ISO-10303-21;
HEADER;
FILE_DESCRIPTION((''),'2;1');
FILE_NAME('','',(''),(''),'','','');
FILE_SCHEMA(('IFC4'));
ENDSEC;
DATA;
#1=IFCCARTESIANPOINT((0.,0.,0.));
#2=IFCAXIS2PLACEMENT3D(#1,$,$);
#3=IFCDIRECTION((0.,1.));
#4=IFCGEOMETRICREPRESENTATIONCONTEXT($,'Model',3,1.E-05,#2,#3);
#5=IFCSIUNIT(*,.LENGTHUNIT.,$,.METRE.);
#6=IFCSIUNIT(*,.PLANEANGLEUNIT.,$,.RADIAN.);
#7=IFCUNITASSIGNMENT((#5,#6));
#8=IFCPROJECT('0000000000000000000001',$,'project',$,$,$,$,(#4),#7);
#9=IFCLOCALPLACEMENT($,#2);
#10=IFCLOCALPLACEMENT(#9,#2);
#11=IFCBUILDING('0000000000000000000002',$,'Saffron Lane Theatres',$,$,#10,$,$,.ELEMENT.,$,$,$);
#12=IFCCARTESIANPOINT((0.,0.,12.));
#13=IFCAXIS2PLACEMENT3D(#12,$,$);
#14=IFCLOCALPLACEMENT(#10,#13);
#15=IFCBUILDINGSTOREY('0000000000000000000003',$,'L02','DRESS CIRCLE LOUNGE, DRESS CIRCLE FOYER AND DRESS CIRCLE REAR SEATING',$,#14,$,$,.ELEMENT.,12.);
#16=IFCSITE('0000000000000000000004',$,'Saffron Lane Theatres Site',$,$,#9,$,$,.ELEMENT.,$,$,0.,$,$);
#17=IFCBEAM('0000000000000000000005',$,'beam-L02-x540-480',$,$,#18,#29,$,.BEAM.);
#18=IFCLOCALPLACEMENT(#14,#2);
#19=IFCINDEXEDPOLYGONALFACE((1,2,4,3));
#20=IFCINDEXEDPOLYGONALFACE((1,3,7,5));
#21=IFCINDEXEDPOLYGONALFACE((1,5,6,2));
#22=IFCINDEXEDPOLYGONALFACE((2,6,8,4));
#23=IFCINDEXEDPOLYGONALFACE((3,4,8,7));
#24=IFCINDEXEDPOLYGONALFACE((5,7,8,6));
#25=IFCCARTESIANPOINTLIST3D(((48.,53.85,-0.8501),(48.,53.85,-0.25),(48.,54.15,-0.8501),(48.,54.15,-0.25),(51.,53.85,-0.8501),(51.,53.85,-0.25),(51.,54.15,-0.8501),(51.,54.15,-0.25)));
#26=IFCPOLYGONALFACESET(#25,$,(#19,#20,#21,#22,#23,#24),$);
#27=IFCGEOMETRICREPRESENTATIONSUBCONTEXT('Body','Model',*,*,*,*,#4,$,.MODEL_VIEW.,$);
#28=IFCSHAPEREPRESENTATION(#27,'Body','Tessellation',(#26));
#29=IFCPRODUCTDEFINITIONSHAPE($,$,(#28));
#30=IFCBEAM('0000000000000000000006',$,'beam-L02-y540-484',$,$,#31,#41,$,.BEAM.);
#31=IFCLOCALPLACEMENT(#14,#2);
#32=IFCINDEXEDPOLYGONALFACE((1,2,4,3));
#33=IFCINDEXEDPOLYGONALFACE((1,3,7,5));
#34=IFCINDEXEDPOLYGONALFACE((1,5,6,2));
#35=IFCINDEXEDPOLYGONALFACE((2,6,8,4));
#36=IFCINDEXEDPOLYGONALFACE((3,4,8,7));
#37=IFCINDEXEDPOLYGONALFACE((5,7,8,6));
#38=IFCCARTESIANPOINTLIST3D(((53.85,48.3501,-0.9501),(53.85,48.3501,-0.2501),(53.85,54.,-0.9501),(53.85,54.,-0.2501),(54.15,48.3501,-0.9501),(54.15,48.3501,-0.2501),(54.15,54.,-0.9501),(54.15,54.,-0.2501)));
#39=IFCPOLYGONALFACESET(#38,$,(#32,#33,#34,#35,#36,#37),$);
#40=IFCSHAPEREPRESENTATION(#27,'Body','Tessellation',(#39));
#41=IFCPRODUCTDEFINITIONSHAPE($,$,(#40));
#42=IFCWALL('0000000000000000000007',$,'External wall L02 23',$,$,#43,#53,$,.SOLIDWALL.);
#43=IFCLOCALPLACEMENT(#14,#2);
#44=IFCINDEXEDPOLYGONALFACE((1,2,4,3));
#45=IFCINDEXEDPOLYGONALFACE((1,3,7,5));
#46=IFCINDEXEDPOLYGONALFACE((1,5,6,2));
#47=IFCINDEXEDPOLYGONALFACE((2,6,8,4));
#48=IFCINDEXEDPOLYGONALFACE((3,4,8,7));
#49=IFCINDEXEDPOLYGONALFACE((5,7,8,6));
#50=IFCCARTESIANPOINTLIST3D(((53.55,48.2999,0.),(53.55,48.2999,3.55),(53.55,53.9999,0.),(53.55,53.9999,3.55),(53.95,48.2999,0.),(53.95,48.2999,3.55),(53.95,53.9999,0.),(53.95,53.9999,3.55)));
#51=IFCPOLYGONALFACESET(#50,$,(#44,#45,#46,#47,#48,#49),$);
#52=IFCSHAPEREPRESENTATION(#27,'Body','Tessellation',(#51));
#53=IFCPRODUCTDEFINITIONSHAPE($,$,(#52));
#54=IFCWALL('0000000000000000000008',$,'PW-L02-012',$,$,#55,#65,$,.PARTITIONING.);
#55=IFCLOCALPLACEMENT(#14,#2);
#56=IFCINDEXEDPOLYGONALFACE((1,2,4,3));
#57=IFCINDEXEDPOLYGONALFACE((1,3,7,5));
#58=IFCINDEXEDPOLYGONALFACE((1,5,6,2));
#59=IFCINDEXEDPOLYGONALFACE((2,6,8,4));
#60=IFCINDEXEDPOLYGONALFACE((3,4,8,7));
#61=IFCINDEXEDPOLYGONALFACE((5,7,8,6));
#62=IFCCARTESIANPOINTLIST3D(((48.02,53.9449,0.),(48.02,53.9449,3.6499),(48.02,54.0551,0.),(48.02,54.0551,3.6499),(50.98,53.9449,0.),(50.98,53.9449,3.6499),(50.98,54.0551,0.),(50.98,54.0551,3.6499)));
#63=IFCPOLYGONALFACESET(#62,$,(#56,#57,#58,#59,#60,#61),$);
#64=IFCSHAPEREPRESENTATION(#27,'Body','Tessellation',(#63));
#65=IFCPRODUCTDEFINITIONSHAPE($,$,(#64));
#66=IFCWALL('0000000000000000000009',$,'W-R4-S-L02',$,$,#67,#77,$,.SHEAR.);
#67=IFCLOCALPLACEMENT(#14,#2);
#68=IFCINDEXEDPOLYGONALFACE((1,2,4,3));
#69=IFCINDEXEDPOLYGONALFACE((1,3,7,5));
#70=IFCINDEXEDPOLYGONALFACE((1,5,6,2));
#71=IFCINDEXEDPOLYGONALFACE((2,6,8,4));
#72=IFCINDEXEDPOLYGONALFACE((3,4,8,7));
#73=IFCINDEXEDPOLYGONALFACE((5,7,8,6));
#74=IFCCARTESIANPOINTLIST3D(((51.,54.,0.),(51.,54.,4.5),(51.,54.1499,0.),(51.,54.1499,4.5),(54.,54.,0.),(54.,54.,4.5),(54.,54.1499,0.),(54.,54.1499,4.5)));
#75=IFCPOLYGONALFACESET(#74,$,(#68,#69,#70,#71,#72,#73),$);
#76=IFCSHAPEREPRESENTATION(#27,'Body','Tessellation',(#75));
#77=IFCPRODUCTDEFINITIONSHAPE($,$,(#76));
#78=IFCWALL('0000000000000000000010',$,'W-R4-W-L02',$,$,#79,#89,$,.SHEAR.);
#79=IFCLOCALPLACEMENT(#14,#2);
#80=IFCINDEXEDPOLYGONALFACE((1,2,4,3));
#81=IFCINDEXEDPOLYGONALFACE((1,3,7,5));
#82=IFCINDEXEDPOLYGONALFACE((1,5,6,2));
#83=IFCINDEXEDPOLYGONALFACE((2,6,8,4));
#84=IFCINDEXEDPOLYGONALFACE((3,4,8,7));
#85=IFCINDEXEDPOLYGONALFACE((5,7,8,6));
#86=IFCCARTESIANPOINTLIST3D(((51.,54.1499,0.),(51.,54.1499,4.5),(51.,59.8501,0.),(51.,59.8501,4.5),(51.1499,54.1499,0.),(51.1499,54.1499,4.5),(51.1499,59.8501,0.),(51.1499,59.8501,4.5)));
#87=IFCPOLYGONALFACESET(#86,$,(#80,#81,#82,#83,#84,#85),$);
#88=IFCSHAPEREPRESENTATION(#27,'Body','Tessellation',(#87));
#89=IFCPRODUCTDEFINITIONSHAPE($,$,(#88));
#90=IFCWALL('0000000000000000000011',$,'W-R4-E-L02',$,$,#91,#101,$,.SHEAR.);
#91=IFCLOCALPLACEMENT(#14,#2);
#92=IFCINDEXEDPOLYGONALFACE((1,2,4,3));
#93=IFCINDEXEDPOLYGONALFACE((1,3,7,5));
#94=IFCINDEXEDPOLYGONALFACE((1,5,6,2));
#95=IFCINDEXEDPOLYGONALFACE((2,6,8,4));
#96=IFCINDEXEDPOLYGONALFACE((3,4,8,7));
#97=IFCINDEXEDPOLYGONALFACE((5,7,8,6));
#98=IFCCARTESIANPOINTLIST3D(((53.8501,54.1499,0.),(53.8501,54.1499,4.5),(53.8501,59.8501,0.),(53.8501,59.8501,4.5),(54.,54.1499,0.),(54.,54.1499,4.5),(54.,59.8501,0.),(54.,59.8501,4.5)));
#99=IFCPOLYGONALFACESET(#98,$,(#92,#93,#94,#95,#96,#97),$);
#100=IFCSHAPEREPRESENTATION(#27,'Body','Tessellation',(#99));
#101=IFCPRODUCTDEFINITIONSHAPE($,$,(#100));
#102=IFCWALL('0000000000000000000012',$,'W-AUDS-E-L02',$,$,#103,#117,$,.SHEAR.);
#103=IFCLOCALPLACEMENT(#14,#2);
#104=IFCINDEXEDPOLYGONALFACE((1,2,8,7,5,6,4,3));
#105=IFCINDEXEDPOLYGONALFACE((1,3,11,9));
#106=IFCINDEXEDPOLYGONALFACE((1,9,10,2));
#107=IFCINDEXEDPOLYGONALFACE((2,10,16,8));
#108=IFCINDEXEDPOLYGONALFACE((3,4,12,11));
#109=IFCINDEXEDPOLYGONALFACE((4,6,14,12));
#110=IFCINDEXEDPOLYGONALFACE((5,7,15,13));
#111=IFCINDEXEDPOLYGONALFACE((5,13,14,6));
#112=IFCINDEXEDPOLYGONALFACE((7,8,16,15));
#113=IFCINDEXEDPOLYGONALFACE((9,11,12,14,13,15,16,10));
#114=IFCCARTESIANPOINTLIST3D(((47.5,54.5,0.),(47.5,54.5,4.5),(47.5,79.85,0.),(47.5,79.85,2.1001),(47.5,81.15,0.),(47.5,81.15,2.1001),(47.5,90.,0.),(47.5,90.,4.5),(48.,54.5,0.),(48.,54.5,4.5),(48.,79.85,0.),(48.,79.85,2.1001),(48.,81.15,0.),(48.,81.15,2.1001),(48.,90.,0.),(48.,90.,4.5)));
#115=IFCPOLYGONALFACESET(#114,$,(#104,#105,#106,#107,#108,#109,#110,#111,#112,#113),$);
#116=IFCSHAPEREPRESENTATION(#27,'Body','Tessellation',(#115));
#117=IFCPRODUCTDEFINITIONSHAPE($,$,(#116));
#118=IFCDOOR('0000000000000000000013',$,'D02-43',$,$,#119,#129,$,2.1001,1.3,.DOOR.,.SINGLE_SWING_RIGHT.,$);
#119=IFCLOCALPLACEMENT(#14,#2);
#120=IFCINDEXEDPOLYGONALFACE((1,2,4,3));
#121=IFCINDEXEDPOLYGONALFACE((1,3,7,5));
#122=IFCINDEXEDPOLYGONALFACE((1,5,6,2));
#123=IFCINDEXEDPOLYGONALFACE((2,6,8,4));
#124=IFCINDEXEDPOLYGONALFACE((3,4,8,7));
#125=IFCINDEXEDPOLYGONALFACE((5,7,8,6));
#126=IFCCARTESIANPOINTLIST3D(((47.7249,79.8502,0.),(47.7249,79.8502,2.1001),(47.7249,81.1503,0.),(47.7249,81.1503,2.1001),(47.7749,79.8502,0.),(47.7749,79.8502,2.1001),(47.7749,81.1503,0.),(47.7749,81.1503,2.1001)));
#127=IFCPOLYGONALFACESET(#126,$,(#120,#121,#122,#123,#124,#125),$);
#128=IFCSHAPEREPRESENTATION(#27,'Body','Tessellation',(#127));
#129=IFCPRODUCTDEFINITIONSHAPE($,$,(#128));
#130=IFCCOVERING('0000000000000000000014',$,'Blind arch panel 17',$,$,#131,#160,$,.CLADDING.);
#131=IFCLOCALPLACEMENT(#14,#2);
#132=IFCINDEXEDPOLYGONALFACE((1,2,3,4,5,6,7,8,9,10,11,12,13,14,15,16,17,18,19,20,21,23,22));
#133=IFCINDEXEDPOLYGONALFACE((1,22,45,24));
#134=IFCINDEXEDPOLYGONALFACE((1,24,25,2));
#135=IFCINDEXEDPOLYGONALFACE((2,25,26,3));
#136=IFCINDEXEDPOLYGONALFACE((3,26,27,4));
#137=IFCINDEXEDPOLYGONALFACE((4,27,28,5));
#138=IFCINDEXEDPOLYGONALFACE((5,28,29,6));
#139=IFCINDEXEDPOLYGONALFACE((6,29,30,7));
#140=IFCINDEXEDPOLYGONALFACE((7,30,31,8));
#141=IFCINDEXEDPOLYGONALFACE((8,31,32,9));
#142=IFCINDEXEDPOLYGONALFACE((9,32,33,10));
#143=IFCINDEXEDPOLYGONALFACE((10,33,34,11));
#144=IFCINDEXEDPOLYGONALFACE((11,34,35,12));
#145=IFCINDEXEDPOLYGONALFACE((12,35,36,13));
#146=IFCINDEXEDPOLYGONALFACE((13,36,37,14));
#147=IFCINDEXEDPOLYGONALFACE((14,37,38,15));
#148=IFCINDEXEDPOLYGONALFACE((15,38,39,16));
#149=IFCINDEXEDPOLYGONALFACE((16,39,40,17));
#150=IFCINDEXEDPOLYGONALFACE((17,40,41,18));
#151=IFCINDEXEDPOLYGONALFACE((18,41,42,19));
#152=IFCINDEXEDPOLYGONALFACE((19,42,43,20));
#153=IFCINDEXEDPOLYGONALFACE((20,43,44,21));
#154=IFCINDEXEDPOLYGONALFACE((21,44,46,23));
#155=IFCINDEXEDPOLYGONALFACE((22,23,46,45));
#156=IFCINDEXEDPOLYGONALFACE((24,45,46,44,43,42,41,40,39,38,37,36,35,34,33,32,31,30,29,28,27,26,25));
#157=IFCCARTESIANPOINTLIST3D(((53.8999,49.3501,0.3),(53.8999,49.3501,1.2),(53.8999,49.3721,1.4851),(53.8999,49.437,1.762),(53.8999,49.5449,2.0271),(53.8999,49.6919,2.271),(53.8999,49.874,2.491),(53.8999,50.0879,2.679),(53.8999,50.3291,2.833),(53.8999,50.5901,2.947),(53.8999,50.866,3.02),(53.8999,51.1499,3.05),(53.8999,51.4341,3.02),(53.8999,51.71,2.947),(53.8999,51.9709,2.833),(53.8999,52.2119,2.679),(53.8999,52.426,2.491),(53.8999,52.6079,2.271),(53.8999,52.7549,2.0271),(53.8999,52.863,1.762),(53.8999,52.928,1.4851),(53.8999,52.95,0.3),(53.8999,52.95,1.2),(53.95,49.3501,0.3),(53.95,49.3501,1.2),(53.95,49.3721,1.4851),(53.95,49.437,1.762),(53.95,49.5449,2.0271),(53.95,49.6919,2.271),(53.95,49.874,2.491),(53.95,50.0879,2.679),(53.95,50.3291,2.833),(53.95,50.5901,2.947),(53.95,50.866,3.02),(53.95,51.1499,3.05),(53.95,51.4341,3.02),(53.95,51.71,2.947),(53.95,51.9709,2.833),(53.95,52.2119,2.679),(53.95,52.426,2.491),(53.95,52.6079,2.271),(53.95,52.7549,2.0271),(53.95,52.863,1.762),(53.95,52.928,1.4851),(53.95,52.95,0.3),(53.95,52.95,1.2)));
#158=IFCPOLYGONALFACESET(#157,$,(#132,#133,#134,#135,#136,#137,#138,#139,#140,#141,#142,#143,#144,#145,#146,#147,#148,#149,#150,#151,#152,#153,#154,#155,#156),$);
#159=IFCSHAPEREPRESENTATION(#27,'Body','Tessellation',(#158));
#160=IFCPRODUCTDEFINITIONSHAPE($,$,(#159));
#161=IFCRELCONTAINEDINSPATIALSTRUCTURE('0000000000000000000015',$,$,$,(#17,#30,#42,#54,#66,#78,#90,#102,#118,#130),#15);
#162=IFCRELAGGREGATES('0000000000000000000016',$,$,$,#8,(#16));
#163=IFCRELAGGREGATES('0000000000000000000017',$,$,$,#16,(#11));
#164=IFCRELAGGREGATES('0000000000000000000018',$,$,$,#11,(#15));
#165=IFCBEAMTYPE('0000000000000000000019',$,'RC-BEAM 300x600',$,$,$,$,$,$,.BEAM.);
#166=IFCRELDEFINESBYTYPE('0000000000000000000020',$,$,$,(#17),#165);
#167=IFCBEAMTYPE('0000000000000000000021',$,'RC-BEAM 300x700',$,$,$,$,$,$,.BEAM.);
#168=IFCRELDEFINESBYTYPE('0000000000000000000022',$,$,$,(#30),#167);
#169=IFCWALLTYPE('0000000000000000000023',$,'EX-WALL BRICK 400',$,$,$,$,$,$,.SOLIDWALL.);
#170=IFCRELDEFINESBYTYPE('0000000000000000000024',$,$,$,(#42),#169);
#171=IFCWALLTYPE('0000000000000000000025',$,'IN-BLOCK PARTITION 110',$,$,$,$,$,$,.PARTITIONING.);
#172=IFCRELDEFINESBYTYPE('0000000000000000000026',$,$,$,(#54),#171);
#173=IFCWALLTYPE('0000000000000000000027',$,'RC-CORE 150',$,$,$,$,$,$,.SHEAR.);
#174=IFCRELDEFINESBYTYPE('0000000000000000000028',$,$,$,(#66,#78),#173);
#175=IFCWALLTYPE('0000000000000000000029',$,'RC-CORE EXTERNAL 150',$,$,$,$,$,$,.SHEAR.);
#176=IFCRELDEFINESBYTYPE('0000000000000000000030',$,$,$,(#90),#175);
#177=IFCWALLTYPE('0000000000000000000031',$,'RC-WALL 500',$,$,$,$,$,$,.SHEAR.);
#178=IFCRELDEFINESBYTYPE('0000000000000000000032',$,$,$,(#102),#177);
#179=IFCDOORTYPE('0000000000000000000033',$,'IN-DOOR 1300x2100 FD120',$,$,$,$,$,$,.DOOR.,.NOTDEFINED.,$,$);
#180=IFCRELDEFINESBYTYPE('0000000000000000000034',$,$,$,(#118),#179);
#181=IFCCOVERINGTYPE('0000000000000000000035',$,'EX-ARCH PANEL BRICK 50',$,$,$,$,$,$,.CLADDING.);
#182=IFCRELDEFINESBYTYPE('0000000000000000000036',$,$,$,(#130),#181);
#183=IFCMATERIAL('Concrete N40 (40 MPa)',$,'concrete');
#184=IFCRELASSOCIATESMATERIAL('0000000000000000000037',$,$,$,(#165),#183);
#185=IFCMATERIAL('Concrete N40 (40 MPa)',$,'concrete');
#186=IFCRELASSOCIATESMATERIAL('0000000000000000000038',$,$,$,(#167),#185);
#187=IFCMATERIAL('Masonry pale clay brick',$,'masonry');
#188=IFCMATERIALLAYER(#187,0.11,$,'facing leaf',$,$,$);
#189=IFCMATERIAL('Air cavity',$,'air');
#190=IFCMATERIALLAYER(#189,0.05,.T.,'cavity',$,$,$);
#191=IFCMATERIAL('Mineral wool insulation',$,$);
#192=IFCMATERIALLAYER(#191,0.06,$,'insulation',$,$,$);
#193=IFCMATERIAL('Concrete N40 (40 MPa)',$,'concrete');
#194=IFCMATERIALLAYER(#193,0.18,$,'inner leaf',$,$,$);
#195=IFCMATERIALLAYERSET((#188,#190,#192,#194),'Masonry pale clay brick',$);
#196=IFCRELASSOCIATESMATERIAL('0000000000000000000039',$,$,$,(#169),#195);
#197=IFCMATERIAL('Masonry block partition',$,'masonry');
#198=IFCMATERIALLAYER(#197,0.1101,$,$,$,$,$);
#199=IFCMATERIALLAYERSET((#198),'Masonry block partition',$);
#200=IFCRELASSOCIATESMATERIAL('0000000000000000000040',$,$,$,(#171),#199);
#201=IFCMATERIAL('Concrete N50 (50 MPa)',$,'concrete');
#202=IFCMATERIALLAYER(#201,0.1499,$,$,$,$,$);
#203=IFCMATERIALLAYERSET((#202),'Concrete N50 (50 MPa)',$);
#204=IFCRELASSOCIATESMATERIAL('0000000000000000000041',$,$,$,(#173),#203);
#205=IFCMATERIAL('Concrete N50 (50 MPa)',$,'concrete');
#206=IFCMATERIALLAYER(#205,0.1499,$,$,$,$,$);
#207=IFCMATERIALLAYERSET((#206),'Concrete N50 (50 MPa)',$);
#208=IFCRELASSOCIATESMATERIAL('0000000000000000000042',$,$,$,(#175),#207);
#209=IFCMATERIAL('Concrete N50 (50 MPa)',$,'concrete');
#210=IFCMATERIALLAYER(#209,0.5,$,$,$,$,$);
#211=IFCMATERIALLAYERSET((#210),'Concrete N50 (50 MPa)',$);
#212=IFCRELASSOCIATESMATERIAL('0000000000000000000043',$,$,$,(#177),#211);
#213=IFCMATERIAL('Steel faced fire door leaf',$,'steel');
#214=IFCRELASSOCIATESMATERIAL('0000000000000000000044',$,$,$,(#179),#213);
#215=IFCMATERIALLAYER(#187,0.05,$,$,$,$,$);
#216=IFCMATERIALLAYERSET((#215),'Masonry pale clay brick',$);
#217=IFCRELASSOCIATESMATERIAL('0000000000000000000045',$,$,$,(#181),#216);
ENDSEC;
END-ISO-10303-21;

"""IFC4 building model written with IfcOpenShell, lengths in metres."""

from ifc_helpers import new_model, si_unit, direction, frame, frame_2d, origin, origin_2d, place, context, subcontext, project, spatial, polyline, rectangle, outline, extrude, material, layer, layer_set, material_profile, profile_set, type_object, element, fill, save


model = new_model("IFC4")

# Units and contexts
model_context = context("Model", 3, precision=1e-05, world=origin(), true_north=direction((0.0, 1.0)))
body_context = subcontext(model_context, "Body", "Model", "MODEL_VIEW")
ifc_project = project(units=[si_unit("LENGTHUNIT", "METRE"), si_unit("PLANEANGLEUNIT", "RADIAN")], contexts=[model_context])

# Site, building, storey
site_placement = place(None, origin())
site = spatial("IfcSite", under=ifc_project, at=site_placement, Name="Saffron Lane Theatres Site", CompositionType="ELEMENT", RefElevation=0.0)
building_placement = place(site_placement, origin())
building = spatial("IfcBuilding", under=site, at=building_placement, Name="Saffron Lane Theatres", CompositionType="ELEMENT")
storey_placement = place(building_placement, frame((0.0, 0.0, 12.0)))
storey = spatial("IfcBuildingStorey", under=building, at=storey_placement, Name="L02", Description="DRESS CIRCLE LOUNGE, DRESS CIRCLE FOYER AND DRESS CIRCLE REAR SEATING", CompositionType="ELEMENT", Elevation=12.0)

# Beams
ifc_material_1 = material(Name="Concrete N40 (40 MPa)", Category="concrete")
ifc_material_profile_1 = material_profile(ifc_material_1, rectangle(XDim=0.3, YDim=0.6001, at=origin_2d()))
ifc_profile_set_1 = profile_set([ifc_material_profile_1], Name="Concrete N40 (40 MPa)")
beam_type_1 = type_object("IfcBeamType", Name="RC-BEAM 300x600", PredefinedType="BEAM", material=ifc_profile_set_1)
beam_1_placement = place(storey_placement, frame((48.0, 54.0, -0.55), z_axis=(1.0, 0.0, 0.0), x_axis=(0.0, 1.0, 0.0)))
element("IfcBeam", 1, at=beam_1_placement, inside=storey, type_object=beam_type_1, Name="beam-L02-x540-480", PredefinedType="BEAM", context=body_context, shape_type="SweptSolid", body=[
    extrude(rectangle(XDim=0.3, YDim=0.6001, at=origin_2d()), origin(), (0.0, 0.0, 1.0), 3.0),
])
ifc_material_2 = material(Name="Concrete N40 (40 MPa)", Category="concrete")
ifc_material_profile_2 = material_profile(ifc_material_2, rectangle(XDim=0.3, YDim=0.7, at=origin_2d()))
ifc_profile_set_2 = profile_set([ifc_material_profile_2], Name="Concrete N40 (40 MPa)")
beam_type_2 = type_object("IfcBeamType", Name="RC-BEAM 300x700", PredefinedType="BEAM", material=ifc_profile_set_2)
beam_2_placement = place(storey_placement, frame((54.0, 48.3501, -0.6001), z_axis=(0.0, 1.0, 0.0), x_axis=(-1.0, 0.0, 0.0)))
element("IfcBeam", 2, at=beam_2_placement, inside=storey, type_object=beam_type_2, Name="beam-L02-y540-484", PredefinedType="BEAM", context=body_context, shape_type="SweptSolid", body=[
    extrude(rectangle(XDim=0.3, YDim=0.7, at=origin_2d()), origin(), (0.0, 0.0, 1.0), 5.6499),
])

# Walls
ifc_material_3 = material(Name="Masonry pale clay brick", Category="masonry")
ifc_layer_1 = layer(ifc_material_3, 0.11, Name="facing leaf")
ifc_material_4 = material(Name="Air cavity", Category="air")
ifc_layer_2 = layer(ifc_material_4, 0.05, ventilated=True, Name="cavity")
ifc_material_5 = material(Name="Mineral wool insulation")
ifc_layer_3 = layer(ifc_material_5, 0.06, Name="insulation")
ifc_material_6 = material(Name="Concrete N40 (40 MPa)", Category="concrete")
ifc_layer_4 = layer(ifc_material_6, 0.18, Name="inner leaf")
ifc_layer_set_1 = layer_set([ifc_layer_1, ifc_layer_2, ifc_layer_3, ifc_layer_4], Name="Masonry pale clay brick")
wall_type_1 = type_object("IfcWallType", Name="EX-WALL BRICK 400", PredefinedType="SOLIDWALL", material=ifc_layer_set_1)
wall_1_placement = place(storey_placement, frame((53.75, 54.0, 0.0), z_axis=(0.0, 0.0, 1.0), x_axis=(0.0, -1.0, 0.0)))
element("IfcWall", 3, at=wall_1_placement, inside=storey, type_object=wall_type_1, Name="External wall L02 23", PredefinedType="SOLIDWALL", context=body_context, shape_type="SweptSolid", body=[
    extrude(rectangle(XDim=5.7, YDim=0.3999, at=frame_2d((2.8501, 0.0))), origin(), (0.0, 0.0, 1.0), 3.55),
])
ifc_material_7 = material(Name="Masonry block partition", Category="masonry")
ifc_layer_5 = layer(ifc_material_7, 0.1101)
ifc_layer_set_2 = layer_set([ifc_layer_5], Name="Masonry block partition")
wall_type_2 = type_object("IfcWallType", Name="IN-BLOCK PARTITION 110", PredefinedType="PARTITIONING", material=ifc_layer_set_2)
wall_2_placement = place(storey_placement, frame((48.02, 54.0, 0.0), z_axis=(0.0, 0.0, 1.0), x_axis=(1.0, 0.0, 0.0)))
element("IfcWall", 4, at=wall_2_placement, inside=storey, type_object=wall_type_2, Name="PW-L02-012", PredefinedType="PARTITIONING", context=body_context, shape_type="SweptSolid", body=[
    extrude(rectangle(XDim=2.96, YDim=0.1101, at=frame_2d((1.48, 0.0))), origin(), (0.0, 0.0, 1.0), 3.6499),
])
ifc_material_8 = material(Name="Concrete N50 (50 MPa)", Category="concrete")
ifc_layer_6 = layer(ifc_material_8, 0.1499)
ifc_layer_set_3 = layer_set([ifc_layer_6], Name="Concrete N50 (50 MPa)")
wall_type_3 = type_object("IfcWallType", Name="RC-CORE 150", PredefinedType="SHEAR", material=ifc_layer_set_3)
wall_3_placement = place(storey_placement, frame((51.0, 54.075, 0.0), z_axis=(0.0, 0.0, 1.0), x_axis=(1.0, 0.0, 0.0)))
element("IfcWall", 5, at=wall_3_placement, inside=storey, type_object=wall_type_3, Name="W-R4-S-L02", PredefinedType="SHEAR", context=body_context, shape_type="SweptSolid", body=[
    extrude(rectangle(XDim=3.0, YDim=0.1499, at=frame_2d((1.5, 0.0))), origin(), (0.0, 0.0, 1.0), 4.5),
])
wall_4_placement = place(storey_placement, frame((51.075, 54.1499, 0.0), z_axis=(0.0, 0.0, 1.0), x_axis=(0.0, 1.0, 0.0)))
element("IfcWall", 6, at=wall_4_placement, inside=storey, type_object=wall_type_3, Name="W-R4-W-L02", PredefinedType="SHEAR", context=body_context, shape_type="SweptSolid", body=[
    extrude(rectangle(XDim=5.7002, YDim=0.1499, at=frame_2d((2.8501, 0.0))), origin(), (0.0, 0.0, 1.0), 4.5),
])
ifc_material_9 = material(Name="Concrete N50 (50 MPa)", Category="concrete")
ifc_layer_7 = layer(ifc_material_9, 0.1499)
ifc_layer_set_4 = layer_set([ifc_layer_7], Name="Concrete N50 (50 MPa)")
wall_type_4 = type_object("IfcWallType", Name="RC-CORE EXTERNAL 150", PredefinedType="SHEAR", material=ifc_layer_set_4)
wall_5_placement = place(storey_placement, frame((53.925, 54.1499, 0.0), z_axis=(0.0, 0.0, 1.0), x_axis=(0.0, 1.0, 0.0)))
element("IfcWall", 7, at=wall_5_placement, inside=storey, type_object=wall_type_4, Name="W-R4-E-L02", PredefinedType="SHEAR", context=body_context, shape_type="SweptSolid", body=[
    extrude(rectangle(XDim=5.7002, YDim=0.1499, at=frame_2d((2.8501, 0.0))), origin(), (0.0, 0.0, 1.0), 4.5),
])

# Wall, opening, door
ifc_material_10 = material(Name="Concrete N50 (50 MPa)", Category="concrete")
ifc_layer_8 = layer(ifc_material_10, 0.5)
ifc_layer_set_5 = layer_set([ifc_layer_8], Name="Concrete N50 (50 MPa)")
wall_type_5 = type_object("IfcWallType", Name="RC-WALL 500", PredefinedType="SHEAR", material=ifc_layer_set_5)
wall_6_placement = place(storey_placement, frame((47.75, 54.5, 0.0), z_axis=(0.0, 0.0, 1.0), x_axis=(0.0, 1.0, 0.0)))
wall_6 = element("IfcWall", 8, at=wall_6_placement, inside=storey, type_object=wall_type_5, Name="W-AUDS-E-L02", PredefinedType="SHEAR", context=body_context, shape_type="SweptSolid", body=[
    extrude(rectangle(XDim=35.5, YDim=0.5, at=frame_2d((17.75, 0.0))), origin(), (0.0, 0.0, 1.0), 4.5),
])
opening_placement = place(wall_6_placement, frame((25.3501, 0.0, 0.0)))
opening = element("IfcOpeningElement", 9, at=opening_placement, cuts=wall_6, PredefinedType="OPENING", context=body_context, shape_type="SweptSolid", body=[
    extrude(rectangle(XDim=1.3, YDim=2.1001, at=frame_2d((0.6499, 1.05))), frame((0.0, 0.26, 0.0), z_axis=(0.0, -1.0, 0.0), x_axis=(1.0, 0.0, 0.0)), (0.0, 0.0, 1.0), 0.52),
])
ifc_material_11 = material(Name="Steel faced fire door leaf", Category="steel")
door_type = type_object("IfcDoorType", Name="IN-DOOR 1300x2100 FD120", OperationType="NOTDEFINED", PredefinedType="DOOR", material=ifc_material_11)
door_placement = place(opening_placement, frame((1.3, 0.0, 0.0), z_axis=(0.0, 0.0, 1.0), x_axis=(-1.0, 0.0, 0.0)))
door = element("IfcDoor", 10, at=door_placement, inside=storey, type_object=door_type, Name="D02-43", OperationType="SINGLE_SWING_RIGHT", OverallHeight=2.1001, OverallWidth=1.3, PredefinedType="DOOR", context=body_context, shape_type="SweptSolid", body=[
    extrude(rectangle(XDim=1.3, YDim=2.1001, at=frame_2d((0.6499, 1.05))), frame((0.0, 0.0249, 0.0), z_axis=(0.0, -1.0, 0.0), x_axis=(1.0, 0.0, 0.0)), (0.0, 0.0, 1.0), 0.05),
])
fill(opening, door)

# Covering
ifc_layer_9 = layer(ifc_material_3, 0.05)
ifc_layer_set_6 = layer_set([ifc_layer_9], Name="Masonry pale clay brick")
covering_type_1 = type_object("IfcCoveringType", Name="EX-ARCH PANEL BRICK 50", PredefinedType="CLADDING", material=ifc_layer_set_6)
covering_1_placement = place(storey_placement, frame((53.8999, 52.95, 1.2), z_axis=(-1.0, 0.0, 0.0), x_axis=(0.0, 0.0, -1.0)))
element("IfcCovering", 11, at=covering_1_placement, inside=storey, type_object=covering_type_1, Name="Blind arch panel 17", PredefinedType="CLADDING", context=body_context, shape_type="SweptSolid", body=[
    extrude(outline(polyline([(0.0, 0.0), (0.8999, 0.0), (0.8999, 3.5999), (0.0, 3.5999), (-0.2852, 3.5779), (-0.562, 3.5129), (-0.8271, 3.405), (-1.071, 3.2581), (-1.291, 3.0759), (-1.479, 2.8621), (-1.6331, 2.6208), (-1.7471, 2.3599), (-1.8201, 2.084), (-1.8501, 1.8), (-1.8201, 1.5159), (-1.7471, 1.24), (-1.6331, 0.979), (-1.479, 0.738), (-1.291, 0.5239), (-1.071, 0.342), (-0.8271, 0.1951), (-0.562, 0.0869), (-0.2852, 0.022), (0.0, 0.0)])), origin(), (0.0, 0.0, -1.0), 0.05),
])

save(model, "model.ifc")
